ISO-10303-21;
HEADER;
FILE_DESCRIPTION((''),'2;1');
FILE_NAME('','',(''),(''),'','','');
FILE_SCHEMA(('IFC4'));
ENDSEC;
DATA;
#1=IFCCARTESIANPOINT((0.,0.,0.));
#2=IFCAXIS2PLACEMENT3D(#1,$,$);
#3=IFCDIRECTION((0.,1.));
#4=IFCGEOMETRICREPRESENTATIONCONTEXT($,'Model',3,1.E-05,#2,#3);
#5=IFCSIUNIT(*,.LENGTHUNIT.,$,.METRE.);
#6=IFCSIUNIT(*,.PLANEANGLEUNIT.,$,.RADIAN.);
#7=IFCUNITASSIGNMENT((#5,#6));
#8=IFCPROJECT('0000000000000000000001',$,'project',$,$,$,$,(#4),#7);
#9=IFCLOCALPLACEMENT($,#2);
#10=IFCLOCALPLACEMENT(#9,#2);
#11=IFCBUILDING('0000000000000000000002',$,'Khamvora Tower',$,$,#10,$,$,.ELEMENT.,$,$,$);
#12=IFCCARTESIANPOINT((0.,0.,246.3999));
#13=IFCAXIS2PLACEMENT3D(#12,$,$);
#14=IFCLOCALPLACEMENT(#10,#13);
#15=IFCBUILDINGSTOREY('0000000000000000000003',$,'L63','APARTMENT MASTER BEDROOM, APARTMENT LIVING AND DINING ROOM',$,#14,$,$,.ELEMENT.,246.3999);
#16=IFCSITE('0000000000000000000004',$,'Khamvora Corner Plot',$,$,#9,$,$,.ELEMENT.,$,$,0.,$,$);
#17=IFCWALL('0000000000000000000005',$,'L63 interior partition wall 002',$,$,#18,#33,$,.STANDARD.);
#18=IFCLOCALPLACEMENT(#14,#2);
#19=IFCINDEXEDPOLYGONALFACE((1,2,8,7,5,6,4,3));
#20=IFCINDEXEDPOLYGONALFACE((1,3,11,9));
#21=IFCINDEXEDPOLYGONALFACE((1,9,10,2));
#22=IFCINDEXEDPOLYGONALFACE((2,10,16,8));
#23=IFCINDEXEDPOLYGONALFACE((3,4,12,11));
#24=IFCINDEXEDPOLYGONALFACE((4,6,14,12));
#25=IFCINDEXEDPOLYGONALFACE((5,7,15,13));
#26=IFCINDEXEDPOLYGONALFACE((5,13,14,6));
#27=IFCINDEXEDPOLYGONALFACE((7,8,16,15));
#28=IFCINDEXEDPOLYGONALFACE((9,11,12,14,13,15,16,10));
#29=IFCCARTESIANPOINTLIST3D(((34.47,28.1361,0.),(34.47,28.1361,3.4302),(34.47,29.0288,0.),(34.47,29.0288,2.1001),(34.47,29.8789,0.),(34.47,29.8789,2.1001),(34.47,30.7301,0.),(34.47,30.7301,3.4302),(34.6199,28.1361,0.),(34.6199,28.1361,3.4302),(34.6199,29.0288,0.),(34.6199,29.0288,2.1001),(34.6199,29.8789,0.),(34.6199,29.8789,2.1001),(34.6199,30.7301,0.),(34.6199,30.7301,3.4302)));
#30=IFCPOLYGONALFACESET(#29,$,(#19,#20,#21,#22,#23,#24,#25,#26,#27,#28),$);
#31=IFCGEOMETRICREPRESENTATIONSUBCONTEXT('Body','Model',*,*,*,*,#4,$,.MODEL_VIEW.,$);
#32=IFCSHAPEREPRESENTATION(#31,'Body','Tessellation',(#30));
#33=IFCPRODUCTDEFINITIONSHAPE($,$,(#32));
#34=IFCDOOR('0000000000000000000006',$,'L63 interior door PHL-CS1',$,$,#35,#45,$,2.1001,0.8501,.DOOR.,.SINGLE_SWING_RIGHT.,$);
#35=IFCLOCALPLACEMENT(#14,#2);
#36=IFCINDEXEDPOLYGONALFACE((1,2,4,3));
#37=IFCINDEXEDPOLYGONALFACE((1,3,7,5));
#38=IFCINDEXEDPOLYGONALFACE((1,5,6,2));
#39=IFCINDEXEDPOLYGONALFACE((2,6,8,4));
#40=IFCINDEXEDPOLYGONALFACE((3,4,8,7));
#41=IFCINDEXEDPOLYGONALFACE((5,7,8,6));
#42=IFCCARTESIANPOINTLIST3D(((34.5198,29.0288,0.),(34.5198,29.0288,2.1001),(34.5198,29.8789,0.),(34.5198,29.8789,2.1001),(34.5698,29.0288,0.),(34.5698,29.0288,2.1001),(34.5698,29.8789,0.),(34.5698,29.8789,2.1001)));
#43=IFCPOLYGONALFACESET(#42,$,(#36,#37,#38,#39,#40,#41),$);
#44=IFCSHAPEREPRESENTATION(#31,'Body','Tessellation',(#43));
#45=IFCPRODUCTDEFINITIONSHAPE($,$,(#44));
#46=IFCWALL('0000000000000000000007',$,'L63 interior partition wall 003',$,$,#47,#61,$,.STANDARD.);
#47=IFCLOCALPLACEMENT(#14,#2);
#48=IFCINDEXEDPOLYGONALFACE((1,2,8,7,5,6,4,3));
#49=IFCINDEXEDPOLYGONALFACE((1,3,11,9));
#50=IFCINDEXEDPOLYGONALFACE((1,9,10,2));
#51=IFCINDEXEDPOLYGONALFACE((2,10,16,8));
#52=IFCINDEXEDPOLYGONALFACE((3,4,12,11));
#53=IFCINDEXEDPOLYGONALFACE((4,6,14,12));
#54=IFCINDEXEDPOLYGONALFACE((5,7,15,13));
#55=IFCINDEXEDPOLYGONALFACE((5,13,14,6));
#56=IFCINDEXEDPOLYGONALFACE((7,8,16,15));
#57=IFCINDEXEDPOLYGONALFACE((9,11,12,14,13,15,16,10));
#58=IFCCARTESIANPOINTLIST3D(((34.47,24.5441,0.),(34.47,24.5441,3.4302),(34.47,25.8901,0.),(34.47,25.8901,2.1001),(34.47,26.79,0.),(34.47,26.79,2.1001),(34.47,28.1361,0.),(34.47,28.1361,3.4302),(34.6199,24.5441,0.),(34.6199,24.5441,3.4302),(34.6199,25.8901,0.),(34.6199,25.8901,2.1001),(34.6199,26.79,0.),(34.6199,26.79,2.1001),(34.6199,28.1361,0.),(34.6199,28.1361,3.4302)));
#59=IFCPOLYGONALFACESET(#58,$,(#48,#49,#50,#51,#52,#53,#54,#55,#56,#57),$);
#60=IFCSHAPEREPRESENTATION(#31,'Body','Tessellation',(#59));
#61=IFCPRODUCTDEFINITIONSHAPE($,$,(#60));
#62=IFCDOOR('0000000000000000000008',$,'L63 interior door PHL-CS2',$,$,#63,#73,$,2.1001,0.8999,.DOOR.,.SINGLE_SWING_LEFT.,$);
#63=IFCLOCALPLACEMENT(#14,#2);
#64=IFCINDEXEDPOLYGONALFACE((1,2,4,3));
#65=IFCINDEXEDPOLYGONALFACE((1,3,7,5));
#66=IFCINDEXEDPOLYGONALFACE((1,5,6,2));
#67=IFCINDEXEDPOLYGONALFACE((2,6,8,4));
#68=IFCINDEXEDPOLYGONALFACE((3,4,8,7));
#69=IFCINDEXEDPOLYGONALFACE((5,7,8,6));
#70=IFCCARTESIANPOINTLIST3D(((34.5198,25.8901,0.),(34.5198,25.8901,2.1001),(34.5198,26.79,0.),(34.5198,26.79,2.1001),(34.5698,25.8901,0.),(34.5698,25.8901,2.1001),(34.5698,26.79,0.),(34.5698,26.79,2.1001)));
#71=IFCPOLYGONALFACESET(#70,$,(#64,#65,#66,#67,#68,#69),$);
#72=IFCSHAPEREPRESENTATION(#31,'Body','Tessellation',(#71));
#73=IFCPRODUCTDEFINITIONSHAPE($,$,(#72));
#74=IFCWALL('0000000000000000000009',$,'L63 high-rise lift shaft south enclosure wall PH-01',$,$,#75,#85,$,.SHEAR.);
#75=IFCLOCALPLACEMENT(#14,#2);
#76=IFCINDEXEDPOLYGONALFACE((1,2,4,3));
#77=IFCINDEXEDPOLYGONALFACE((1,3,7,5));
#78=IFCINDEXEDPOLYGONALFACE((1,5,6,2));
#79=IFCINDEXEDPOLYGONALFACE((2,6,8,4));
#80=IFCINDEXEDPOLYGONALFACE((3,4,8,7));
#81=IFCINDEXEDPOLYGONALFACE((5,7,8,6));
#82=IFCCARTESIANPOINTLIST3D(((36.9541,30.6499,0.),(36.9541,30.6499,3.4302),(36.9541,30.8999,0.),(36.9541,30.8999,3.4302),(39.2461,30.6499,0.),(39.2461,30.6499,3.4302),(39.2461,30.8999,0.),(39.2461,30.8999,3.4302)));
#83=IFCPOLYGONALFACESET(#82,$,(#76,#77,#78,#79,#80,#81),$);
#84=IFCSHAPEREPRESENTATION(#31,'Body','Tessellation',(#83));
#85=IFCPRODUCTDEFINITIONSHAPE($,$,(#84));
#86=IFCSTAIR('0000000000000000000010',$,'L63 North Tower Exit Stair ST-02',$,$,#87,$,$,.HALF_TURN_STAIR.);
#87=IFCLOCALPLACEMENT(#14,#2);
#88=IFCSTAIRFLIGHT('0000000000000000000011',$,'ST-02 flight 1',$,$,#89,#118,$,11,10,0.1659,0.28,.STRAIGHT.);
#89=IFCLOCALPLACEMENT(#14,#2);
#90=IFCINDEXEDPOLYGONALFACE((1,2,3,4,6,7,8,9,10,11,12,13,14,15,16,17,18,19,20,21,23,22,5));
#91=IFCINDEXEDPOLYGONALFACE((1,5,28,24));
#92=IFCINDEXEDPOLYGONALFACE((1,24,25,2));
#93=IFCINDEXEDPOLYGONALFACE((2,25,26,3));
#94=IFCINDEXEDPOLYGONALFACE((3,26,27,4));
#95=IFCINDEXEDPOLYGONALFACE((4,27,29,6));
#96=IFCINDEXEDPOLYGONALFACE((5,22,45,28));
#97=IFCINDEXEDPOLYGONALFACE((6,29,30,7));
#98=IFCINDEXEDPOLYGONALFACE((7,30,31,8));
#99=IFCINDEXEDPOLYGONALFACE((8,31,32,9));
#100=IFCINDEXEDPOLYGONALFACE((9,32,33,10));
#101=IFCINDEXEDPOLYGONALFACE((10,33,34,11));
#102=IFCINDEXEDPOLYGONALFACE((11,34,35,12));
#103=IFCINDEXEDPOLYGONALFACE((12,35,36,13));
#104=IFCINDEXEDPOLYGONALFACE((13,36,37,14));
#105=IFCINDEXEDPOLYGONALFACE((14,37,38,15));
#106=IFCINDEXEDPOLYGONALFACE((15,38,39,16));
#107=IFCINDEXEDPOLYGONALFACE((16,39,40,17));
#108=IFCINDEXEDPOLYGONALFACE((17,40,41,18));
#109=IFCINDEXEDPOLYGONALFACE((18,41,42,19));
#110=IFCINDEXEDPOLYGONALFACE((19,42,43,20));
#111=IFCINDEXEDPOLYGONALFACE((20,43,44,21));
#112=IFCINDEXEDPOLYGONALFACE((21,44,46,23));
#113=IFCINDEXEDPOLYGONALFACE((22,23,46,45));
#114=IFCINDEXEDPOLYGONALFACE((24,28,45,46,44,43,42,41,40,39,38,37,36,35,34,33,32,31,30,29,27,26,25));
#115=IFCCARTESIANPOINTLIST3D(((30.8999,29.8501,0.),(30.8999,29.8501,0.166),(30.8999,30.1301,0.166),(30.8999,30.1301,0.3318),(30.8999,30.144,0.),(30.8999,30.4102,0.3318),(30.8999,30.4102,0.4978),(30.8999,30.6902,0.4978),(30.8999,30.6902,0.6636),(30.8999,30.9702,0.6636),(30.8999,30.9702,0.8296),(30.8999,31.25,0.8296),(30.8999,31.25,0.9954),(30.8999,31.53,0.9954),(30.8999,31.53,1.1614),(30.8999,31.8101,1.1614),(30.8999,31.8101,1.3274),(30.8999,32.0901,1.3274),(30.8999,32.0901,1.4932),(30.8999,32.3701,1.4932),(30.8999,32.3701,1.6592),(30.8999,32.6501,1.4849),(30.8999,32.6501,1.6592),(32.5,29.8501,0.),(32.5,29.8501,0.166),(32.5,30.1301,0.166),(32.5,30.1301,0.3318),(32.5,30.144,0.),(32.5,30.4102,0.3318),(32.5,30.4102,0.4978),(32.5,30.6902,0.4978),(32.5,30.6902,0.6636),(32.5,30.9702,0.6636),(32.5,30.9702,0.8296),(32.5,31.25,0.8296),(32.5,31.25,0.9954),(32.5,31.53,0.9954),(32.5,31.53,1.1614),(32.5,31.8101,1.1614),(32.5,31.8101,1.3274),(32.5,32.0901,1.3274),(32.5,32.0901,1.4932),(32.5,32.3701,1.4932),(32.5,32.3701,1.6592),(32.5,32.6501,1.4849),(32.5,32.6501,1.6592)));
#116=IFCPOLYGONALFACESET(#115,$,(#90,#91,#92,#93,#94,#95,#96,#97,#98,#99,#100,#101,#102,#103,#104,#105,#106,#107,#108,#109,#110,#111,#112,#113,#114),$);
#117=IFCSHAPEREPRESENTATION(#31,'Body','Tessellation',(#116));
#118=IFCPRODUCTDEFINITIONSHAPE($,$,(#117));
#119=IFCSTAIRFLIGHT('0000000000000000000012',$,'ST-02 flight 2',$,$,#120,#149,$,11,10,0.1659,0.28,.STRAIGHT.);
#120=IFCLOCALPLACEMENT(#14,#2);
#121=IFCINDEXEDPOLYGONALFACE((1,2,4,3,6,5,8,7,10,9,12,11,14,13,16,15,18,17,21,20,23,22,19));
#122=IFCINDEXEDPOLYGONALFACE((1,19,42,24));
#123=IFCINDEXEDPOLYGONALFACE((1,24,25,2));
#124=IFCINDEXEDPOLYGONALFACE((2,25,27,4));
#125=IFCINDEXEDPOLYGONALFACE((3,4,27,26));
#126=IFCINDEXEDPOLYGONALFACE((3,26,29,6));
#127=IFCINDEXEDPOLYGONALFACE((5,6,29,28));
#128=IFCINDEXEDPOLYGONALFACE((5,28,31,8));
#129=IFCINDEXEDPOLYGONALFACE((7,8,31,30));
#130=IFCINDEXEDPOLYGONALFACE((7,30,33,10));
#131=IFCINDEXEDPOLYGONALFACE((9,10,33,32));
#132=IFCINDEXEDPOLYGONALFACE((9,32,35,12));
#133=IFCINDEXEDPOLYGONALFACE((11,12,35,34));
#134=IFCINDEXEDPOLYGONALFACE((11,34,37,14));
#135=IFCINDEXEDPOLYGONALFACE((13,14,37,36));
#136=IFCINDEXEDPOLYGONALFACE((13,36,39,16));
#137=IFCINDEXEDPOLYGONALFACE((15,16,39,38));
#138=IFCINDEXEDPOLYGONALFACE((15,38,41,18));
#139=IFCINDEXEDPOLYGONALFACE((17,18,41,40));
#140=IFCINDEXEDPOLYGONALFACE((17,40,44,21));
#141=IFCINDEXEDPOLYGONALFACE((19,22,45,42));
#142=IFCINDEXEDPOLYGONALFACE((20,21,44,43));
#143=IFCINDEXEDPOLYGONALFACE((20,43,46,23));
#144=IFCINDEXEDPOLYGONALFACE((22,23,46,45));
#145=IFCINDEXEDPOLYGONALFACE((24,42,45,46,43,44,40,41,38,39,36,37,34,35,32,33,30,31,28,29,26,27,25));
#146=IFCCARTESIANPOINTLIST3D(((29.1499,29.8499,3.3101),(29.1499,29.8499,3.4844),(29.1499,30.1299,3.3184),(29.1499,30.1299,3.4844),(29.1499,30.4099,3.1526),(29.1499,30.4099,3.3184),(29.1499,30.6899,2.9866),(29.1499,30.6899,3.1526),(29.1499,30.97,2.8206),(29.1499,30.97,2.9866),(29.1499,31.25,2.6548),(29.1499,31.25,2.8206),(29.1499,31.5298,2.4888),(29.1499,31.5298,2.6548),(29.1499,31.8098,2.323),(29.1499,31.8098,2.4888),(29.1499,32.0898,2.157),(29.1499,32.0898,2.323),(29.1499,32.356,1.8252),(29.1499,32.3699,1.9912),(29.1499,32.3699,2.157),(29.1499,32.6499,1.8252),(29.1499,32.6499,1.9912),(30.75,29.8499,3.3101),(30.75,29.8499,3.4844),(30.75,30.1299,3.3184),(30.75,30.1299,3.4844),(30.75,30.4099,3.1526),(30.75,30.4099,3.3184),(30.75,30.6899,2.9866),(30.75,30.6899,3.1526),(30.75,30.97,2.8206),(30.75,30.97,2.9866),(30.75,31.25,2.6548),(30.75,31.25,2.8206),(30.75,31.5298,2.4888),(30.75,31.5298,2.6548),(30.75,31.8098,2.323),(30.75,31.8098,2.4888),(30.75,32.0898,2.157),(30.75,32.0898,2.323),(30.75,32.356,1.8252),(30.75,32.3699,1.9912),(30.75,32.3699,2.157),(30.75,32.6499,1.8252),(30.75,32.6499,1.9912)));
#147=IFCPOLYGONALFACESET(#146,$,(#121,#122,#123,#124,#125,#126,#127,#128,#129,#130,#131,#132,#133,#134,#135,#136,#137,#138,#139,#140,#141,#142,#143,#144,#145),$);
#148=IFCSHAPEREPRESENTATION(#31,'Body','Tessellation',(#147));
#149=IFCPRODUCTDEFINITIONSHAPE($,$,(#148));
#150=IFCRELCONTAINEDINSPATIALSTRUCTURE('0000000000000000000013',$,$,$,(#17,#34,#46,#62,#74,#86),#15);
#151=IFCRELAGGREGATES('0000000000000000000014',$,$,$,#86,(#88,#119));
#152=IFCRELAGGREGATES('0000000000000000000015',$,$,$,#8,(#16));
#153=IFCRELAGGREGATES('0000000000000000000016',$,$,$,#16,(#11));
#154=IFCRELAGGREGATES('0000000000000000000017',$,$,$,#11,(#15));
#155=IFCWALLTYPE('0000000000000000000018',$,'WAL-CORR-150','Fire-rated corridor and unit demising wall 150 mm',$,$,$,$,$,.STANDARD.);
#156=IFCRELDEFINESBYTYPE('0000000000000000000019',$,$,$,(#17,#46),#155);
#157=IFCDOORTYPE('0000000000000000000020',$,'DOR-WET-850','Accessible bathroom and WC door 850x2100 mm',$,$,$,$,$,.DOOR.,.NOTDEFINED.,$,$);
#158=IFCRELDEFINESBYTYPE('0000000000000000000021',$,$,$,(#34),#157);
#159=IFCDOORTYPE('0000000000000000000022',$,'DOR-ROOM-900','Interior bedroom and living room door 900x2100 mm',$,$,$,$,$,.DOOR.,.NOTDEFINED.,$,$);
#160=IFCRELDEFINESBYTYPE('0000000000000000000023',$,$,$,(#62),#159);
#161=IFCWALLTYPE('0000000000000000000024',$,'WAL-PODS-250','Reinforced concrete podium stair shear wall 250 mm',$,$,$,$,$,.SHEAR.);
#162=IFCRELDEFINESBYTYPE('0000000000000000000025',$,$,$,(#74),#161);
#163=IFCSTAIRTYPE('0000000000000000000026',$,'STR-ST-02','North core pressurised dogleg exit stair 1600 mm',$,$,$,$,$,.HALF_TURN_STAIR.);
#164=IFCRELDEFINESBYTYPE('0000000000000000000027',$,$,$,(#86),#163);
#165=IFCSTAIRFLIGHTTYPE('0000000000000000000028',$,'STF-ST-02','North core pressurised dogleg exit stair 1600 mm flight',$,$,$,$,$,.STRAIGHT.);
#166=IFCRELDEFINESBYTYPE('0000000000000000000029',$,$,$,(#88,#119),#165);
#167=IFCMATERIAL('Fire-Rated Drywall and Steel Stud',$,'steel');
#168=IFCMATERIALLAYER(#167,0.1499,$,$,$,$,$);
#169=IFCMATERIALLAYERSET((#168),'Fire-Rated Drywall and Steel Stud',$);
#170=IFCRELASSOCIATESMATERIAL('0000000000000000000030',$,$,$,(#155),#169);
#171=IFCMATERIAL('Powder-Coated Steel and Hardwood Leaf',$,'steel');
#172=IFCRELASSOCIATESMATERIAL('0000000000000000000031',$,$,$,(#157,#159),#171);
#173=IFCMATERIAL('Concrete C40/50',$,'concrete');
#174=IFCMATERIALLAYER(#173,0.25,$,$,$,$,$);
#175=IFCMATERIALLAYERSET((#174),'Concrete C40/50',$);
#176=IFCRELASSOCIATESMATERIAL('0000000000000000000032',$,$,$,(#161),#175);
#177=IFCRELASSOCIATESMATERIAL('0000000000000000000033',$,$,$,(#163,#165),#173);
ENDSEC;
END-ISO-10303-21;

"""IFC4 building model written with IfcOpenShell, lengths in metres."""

from ifc_helpers import new_model, si_unit, direction, frame, frame_2d, origin, place, context, subcontext, project, spatial, polyline, rectangle, outline, extrude, material, layer, layer_set, type_object, element, fill, aggregate, save


model = new_model("IFC4")

# Units and contexts
model_context = context("Model", 3, precision=1e-05, world=origin(), true_north=direction((0.0, 1.0)))
body_context = subcontext(model_context, "Body", "Model", "MODEL_VIEW")
ifc_project = project(units=[si_unit("LENGTHUNIT", "METRE"), si_unit("PLANEANGLEUNIT", "RADIAN")], contexts=[model_context])

# Site, building, storey
site_placement = place(None, origin())
site = spatial("IfcSite", under=ifc_project, at=site_placement, Name="Khamvora Corner Plot", CompositionType="ELEMENT", RefElevation=0.0)
building_placement = place(site_placement, origin())
building = spatial("IfcBuilding", under=site, at=building_placement, Name="Khamvora Tower", CompositionType="ELEMENT")
storey_placement = place(building_placement, frame((0.0, 0.0, 246.3999)))
storey = spatial("IfcBuildingStorey", under=building, at=storey_placement, Name="L63", Description="APARTMENT MASTER BEDROOM, APARTMENT LIVING AND DINING ROOM", CompositionType="ELEMENT", Elevation=246.3999)

# Shared definitions
ifc_material_1 = material(Name="Powder-Coated Steel and Hardwood Leaf", Category="steel")

# Shared definitions
ifc_material_2 = material(Name="Fire-Rated Drywall and Steel Stud", Category="steel")
ifc_layer_1 = layer(ifc_material_2, 0.1499)
ifc_layer_set_1 = layer_set([ifc_layer_1], Name="Fire-Rated Drywall and Steel Stud")
wall_type_1 = type_object("IfcWallType", Name="WAL-CORR-150", Description="Fire-rated corridor and unit demising wall 150 mm", PredefinedType="STANDARD", material=ifc_layer_set_1)

# Walls, openings, doors
wall_1_placement = place(storey_placement, frame((34.5449, 30.73, 0.0), z_axis=(0.0, 0.0, 1.0), x_axis=(0.0, -1.0, 0.0)))
wall_1 = element("IfcWall", 1, at=wall_1_placement, inside=storey, type_object=wall_type_1, Name="L63 interior partition wall 002", PredefinedType="STANDARD", context=body_context, shape_type="SweptSolid", body=[
    extrude(rectangle(XDim=2.594, YDim=0.1499, at=frame_2d((1.2969, 0.0))), origin(), (0.0, 0.0, 1.0), 3.4302),
])
opening_1_placement = place(wall_1_placement, frame((0.8511, 0.0, 0.0)))
opening_1 = element("IfcOpeningElement", 2, at=opening_1_placement, cuts=wall_1, PredefinedType="OPENING", context=body_context, shape_type="SweptSolid", body=[
    extrude(rectangle(XDim=0.8501, YDim=2.1001, at=frame_2d((0.425, 1.05))), frame((0.0, 0.085, 0.0), z_axis=(0.0, -1.0, 0.0), x_axis=(1.0, 0.0, 0.0)), (0.0, 0.0, 1.0), 0.1699),
])
door_type_1 = type_object("IfcDoorType", Name="DOR-WET-850", Description="Accessible bathroom and WC door 850x2100 mm", OperationType="NOTDEFINED", PredefinedType="DOOR", material=ifc_material_1)
door_1_placement = place(opening_1_placement, origin())
door_1 = element("IfcDoor", 3, at=door_1_placement, inside=storey, type_object=door_type_1, Name="L63 interior door PHL-CS1", OperationType="SINGLE_SWING_RIGHT", OverallHeight=2.1001, OverallWidth=0.8501, PredefinedType="DOOR", context=body_context, shape_type="SweptSolid", body=[
    extrude(rectangle(XDim=0.8501, YDim=2.1001, at=frame_2d((0.425, 1.05))), frame((0.0, 0.0249, 0.0), z_axis=(0.0, -1.0, 0.0), x_axis=(1.0, 0.0, 0.0)), (0.0, 0.0, 1.0), 0.05),
])
fill(opening_1, door_1)
wall_2_placement = place(storey_placement, frame((34.5449, 28.136, 0.0), z_axis=(0.0, 0.0, 1.0), x_axis=(0.0, -1.0, 0.0)))
wall_2 = element("IfcWall", 4, at=wall_2_placement, inside=storey, type_object=wall_type_1, Name="L63 interior partition wall 003", PredefinedType="STANDARD", context=body_context, shape_type="SweptSolid", body=[
    extrude(rectangle(XDim=3.592, YDim=0.1499, at=frame_2d((1.7959, 0.0))), origin(), (0.0, 0.0, 1.0), 3.4302),
])
opening_2_placement = place(wall_2_placement, frame((1.3459, 0.0, 0.0)))
opening_2 = element("IfcOpeningElement", 5, at=opening_2_placement, cuts=wall_2, PredefinedType="OPENING", context=body_context, shape_type="SweptSolid", body=[
    extrude(rectangle(XDim=0.8999, YDim=2.1001, at=frame_2d((0.45, 1.05))), frame((0.0, 0.085, 0.0), z_axis=(0.0, -1.0, 0.0), x_axis=(1.0, 0.0, 0.0)), (0.0, 0.0, 1.0), 0.1699),
])
door_type_2 = type_object("IfcDoorType", Name="DOR-ROOM-900", Description="Interior bedroom and living room door 900x2100 mm", OperationType="NOTDEFINED", PredefinedType="DOOR", material=ifc_material_1)
door_2_placement = place(opening_2_placement, origin())
door_2 = element("IfcDoor", 6, at=door_2_placement, inside=storey, type_object=door_type_2, Name="L63 interior door PHL-CS2", OperationType="SINGLE_SWING_LEFT", OverallHeight=2.1001, OverallWidth=0.8999, PredefinedType="DOOR", context=body_context, shape_type="SweptSolid", body=[
    extrude(rectangle(XDim=0.8999, YDim=2.1001, at=frame_2d((0.45, 1.05))), frame((0.0, 0.0249, 0.0), z_axis=(0.0, -1.0, 0.0), x_axis=(1.0, 0.0, 0.0)), (0.0, 0.0, 1.0), 0.05),
])
fill(opening_2, door_2)

# Wall
ifc_material_3 = material(Name="Concrete C40/50", Category="concrete")
ifc_layer_2 = layer(ifc_material_3, 0.25)
ifc_layer_set_2 = layer_set([ifc_layer_2], Name="Concrete C40/50")
wall_type_2 = type_object("IfcWallType", Name="WAL-PODS-250", Description="Reinforced concrete podium stair shear wall 250 mm", PredefinedType="SHEAR", material=ifc_layer_set_2)
wall_3_placement = place(storey_placement, frame((36.9541, 30.7749, 0.0), z_axis=(0.0, 0.0, 1.0), x_axis=(1.0, 0.0, 0.0)))
element("IfcWall", 7, at=wall_3_placement, inside=storey, type_object=wall_type_2, Name="L63 high-rise lift shaft south enclosure wall PH-01", PredefinedType="SHEAR", context=body_context, shape_type="SweptSolid", body=[
    extrude(rectangle(XDim=2.292, YDim=0.25, at=frame_2d((1.146, 0.0))), origin(), (0.0, 0.0, 1.0), 3.4302),
])

# Stair, stair flights
stair_type = type_object("IfcStairType", Name="STR-ST-02", Description="North core pressurised dogleg exit stair 1600 mm", PredefinedType="HALF_TURN_STAIR", material=ifc_material_3)
stair_placement = place(storey_placement, origin())
stair = element("IfcStair", 8, at=stair_placement, inside=storey, type_object=stair_type, Name="L63 North Tower Exit Stair ST-02", PredefinedType="HALF_TURN_STAIR")
stair_flight_type = type_object("IfcStairFlightType", Name="STF-ST-02", Description="North core pressurised dogleg exit stair 1600 mm flight", PredefinedType="STRAIGHT", material=ifc_material_3)
stair_flight_1_placement = place(storey_placement, frame((31.7, 29.8501, 0.0), z_axis=(0.0, 0.0, 1.0), x_axis=(0.0, 1.0, 0.0)))
stair_flight_1 = element("IfcStairFlight", 9, at=stair_flight_1_placement, type_object=stair_flight_type, Name="ST-02 flight 1", NumberOfRisers=11, NumberOfTreads=10, PredefinedType="STRAIGHT", RiserHeight=0.1659, TreadLength=0.28, context=body_context, shape_type="SweptSolid", body=[
    extrude(outline(polyline([(0.0, 0.0), (0.0, 0.166), (0.28, 0.166), (0.28, 0.3318), (0.5601, 0.3318), (0.5601, 0.4978), (0.8401, 0.4978), (0.8401, 0.6636), (1.1201, 0.6636), (1.1201, 0.8296), (1.3999, 0.8296), (1.3999, 0.9954), (1.6799, 0.9954), (1.6799, 1.1614), (1.96, 1.1614), (1.96, 1.3274), (2.24, 1.3274), (2.24, 1.4932), (2.52, 1.4932), (2.52, 1.6592), (2.8, 1.6592), (2.8, 1.825), (2.8, 1.4849), (0.2939, 0.0), (0.0, 0.0)])), frame((0.0, 0.8, 0.0), z_axis=(0.0, -1.0, 0.0), x_axis=(1.0, 0.0, 0.0)), (0.0, 0.0, 1.0), 1.6001),
])
stair_flight_2_placement = place(storey_placement, frame((29.95, 32.6499, 1.8252), z_axis=(0.0, 0.0, 1.0), x_axis=(0.0, -1.0, 0.0)))
stair_flight_2 = element("IfcStairFlight", 10, at=stair_flight_2_placement, type_object=stair_flight_type, Name="ST-02 flight 2", NumberOfRisers=11, NumberOfTreads=10, PredefinedType="STRAIGHT", RiserHeight=0.1659, TreadLength=0.28, context=body_context, shape_type="SweptSolid", body=[
    extrude(outline(polyline([(0.0, 0.0), (0.0, 0.166), (0.28, 0.166), (0.28, 0.3318), (0.5601, 0.3318), (0.5601, 0.4978), (0.8401, 0.4978), (0.8401, 0.6636), (1.1201, 0.6636), (1.1201, 0.8296), (1.3999, 0.8296), (1.3999, 0.9954), (1.6799, 0.9954), (1.6799, 1.1614), (1.96, 1.1614), (1.96, 1.3274), (2.24, 1.3274), (2.24, 1.4932), (2.52, 1.4932), (2.52, 1.6592), (2.8, 1.6592), (2.8, 1.825), (2.8, 1.4849), (0.2939, 0.0), (0.0, 0.0)])), frame((0.0, 0.8, 0.0), z_axis=(0.0, -1.0, 0.0), x_axis=(1.0, 0.0, 0.0)), (0.0, 0.0, 1.0), 1.6001),
])
aggregate(stair, [stair_flight_1, stair_flight_2])

save(model, "model.ifc")
